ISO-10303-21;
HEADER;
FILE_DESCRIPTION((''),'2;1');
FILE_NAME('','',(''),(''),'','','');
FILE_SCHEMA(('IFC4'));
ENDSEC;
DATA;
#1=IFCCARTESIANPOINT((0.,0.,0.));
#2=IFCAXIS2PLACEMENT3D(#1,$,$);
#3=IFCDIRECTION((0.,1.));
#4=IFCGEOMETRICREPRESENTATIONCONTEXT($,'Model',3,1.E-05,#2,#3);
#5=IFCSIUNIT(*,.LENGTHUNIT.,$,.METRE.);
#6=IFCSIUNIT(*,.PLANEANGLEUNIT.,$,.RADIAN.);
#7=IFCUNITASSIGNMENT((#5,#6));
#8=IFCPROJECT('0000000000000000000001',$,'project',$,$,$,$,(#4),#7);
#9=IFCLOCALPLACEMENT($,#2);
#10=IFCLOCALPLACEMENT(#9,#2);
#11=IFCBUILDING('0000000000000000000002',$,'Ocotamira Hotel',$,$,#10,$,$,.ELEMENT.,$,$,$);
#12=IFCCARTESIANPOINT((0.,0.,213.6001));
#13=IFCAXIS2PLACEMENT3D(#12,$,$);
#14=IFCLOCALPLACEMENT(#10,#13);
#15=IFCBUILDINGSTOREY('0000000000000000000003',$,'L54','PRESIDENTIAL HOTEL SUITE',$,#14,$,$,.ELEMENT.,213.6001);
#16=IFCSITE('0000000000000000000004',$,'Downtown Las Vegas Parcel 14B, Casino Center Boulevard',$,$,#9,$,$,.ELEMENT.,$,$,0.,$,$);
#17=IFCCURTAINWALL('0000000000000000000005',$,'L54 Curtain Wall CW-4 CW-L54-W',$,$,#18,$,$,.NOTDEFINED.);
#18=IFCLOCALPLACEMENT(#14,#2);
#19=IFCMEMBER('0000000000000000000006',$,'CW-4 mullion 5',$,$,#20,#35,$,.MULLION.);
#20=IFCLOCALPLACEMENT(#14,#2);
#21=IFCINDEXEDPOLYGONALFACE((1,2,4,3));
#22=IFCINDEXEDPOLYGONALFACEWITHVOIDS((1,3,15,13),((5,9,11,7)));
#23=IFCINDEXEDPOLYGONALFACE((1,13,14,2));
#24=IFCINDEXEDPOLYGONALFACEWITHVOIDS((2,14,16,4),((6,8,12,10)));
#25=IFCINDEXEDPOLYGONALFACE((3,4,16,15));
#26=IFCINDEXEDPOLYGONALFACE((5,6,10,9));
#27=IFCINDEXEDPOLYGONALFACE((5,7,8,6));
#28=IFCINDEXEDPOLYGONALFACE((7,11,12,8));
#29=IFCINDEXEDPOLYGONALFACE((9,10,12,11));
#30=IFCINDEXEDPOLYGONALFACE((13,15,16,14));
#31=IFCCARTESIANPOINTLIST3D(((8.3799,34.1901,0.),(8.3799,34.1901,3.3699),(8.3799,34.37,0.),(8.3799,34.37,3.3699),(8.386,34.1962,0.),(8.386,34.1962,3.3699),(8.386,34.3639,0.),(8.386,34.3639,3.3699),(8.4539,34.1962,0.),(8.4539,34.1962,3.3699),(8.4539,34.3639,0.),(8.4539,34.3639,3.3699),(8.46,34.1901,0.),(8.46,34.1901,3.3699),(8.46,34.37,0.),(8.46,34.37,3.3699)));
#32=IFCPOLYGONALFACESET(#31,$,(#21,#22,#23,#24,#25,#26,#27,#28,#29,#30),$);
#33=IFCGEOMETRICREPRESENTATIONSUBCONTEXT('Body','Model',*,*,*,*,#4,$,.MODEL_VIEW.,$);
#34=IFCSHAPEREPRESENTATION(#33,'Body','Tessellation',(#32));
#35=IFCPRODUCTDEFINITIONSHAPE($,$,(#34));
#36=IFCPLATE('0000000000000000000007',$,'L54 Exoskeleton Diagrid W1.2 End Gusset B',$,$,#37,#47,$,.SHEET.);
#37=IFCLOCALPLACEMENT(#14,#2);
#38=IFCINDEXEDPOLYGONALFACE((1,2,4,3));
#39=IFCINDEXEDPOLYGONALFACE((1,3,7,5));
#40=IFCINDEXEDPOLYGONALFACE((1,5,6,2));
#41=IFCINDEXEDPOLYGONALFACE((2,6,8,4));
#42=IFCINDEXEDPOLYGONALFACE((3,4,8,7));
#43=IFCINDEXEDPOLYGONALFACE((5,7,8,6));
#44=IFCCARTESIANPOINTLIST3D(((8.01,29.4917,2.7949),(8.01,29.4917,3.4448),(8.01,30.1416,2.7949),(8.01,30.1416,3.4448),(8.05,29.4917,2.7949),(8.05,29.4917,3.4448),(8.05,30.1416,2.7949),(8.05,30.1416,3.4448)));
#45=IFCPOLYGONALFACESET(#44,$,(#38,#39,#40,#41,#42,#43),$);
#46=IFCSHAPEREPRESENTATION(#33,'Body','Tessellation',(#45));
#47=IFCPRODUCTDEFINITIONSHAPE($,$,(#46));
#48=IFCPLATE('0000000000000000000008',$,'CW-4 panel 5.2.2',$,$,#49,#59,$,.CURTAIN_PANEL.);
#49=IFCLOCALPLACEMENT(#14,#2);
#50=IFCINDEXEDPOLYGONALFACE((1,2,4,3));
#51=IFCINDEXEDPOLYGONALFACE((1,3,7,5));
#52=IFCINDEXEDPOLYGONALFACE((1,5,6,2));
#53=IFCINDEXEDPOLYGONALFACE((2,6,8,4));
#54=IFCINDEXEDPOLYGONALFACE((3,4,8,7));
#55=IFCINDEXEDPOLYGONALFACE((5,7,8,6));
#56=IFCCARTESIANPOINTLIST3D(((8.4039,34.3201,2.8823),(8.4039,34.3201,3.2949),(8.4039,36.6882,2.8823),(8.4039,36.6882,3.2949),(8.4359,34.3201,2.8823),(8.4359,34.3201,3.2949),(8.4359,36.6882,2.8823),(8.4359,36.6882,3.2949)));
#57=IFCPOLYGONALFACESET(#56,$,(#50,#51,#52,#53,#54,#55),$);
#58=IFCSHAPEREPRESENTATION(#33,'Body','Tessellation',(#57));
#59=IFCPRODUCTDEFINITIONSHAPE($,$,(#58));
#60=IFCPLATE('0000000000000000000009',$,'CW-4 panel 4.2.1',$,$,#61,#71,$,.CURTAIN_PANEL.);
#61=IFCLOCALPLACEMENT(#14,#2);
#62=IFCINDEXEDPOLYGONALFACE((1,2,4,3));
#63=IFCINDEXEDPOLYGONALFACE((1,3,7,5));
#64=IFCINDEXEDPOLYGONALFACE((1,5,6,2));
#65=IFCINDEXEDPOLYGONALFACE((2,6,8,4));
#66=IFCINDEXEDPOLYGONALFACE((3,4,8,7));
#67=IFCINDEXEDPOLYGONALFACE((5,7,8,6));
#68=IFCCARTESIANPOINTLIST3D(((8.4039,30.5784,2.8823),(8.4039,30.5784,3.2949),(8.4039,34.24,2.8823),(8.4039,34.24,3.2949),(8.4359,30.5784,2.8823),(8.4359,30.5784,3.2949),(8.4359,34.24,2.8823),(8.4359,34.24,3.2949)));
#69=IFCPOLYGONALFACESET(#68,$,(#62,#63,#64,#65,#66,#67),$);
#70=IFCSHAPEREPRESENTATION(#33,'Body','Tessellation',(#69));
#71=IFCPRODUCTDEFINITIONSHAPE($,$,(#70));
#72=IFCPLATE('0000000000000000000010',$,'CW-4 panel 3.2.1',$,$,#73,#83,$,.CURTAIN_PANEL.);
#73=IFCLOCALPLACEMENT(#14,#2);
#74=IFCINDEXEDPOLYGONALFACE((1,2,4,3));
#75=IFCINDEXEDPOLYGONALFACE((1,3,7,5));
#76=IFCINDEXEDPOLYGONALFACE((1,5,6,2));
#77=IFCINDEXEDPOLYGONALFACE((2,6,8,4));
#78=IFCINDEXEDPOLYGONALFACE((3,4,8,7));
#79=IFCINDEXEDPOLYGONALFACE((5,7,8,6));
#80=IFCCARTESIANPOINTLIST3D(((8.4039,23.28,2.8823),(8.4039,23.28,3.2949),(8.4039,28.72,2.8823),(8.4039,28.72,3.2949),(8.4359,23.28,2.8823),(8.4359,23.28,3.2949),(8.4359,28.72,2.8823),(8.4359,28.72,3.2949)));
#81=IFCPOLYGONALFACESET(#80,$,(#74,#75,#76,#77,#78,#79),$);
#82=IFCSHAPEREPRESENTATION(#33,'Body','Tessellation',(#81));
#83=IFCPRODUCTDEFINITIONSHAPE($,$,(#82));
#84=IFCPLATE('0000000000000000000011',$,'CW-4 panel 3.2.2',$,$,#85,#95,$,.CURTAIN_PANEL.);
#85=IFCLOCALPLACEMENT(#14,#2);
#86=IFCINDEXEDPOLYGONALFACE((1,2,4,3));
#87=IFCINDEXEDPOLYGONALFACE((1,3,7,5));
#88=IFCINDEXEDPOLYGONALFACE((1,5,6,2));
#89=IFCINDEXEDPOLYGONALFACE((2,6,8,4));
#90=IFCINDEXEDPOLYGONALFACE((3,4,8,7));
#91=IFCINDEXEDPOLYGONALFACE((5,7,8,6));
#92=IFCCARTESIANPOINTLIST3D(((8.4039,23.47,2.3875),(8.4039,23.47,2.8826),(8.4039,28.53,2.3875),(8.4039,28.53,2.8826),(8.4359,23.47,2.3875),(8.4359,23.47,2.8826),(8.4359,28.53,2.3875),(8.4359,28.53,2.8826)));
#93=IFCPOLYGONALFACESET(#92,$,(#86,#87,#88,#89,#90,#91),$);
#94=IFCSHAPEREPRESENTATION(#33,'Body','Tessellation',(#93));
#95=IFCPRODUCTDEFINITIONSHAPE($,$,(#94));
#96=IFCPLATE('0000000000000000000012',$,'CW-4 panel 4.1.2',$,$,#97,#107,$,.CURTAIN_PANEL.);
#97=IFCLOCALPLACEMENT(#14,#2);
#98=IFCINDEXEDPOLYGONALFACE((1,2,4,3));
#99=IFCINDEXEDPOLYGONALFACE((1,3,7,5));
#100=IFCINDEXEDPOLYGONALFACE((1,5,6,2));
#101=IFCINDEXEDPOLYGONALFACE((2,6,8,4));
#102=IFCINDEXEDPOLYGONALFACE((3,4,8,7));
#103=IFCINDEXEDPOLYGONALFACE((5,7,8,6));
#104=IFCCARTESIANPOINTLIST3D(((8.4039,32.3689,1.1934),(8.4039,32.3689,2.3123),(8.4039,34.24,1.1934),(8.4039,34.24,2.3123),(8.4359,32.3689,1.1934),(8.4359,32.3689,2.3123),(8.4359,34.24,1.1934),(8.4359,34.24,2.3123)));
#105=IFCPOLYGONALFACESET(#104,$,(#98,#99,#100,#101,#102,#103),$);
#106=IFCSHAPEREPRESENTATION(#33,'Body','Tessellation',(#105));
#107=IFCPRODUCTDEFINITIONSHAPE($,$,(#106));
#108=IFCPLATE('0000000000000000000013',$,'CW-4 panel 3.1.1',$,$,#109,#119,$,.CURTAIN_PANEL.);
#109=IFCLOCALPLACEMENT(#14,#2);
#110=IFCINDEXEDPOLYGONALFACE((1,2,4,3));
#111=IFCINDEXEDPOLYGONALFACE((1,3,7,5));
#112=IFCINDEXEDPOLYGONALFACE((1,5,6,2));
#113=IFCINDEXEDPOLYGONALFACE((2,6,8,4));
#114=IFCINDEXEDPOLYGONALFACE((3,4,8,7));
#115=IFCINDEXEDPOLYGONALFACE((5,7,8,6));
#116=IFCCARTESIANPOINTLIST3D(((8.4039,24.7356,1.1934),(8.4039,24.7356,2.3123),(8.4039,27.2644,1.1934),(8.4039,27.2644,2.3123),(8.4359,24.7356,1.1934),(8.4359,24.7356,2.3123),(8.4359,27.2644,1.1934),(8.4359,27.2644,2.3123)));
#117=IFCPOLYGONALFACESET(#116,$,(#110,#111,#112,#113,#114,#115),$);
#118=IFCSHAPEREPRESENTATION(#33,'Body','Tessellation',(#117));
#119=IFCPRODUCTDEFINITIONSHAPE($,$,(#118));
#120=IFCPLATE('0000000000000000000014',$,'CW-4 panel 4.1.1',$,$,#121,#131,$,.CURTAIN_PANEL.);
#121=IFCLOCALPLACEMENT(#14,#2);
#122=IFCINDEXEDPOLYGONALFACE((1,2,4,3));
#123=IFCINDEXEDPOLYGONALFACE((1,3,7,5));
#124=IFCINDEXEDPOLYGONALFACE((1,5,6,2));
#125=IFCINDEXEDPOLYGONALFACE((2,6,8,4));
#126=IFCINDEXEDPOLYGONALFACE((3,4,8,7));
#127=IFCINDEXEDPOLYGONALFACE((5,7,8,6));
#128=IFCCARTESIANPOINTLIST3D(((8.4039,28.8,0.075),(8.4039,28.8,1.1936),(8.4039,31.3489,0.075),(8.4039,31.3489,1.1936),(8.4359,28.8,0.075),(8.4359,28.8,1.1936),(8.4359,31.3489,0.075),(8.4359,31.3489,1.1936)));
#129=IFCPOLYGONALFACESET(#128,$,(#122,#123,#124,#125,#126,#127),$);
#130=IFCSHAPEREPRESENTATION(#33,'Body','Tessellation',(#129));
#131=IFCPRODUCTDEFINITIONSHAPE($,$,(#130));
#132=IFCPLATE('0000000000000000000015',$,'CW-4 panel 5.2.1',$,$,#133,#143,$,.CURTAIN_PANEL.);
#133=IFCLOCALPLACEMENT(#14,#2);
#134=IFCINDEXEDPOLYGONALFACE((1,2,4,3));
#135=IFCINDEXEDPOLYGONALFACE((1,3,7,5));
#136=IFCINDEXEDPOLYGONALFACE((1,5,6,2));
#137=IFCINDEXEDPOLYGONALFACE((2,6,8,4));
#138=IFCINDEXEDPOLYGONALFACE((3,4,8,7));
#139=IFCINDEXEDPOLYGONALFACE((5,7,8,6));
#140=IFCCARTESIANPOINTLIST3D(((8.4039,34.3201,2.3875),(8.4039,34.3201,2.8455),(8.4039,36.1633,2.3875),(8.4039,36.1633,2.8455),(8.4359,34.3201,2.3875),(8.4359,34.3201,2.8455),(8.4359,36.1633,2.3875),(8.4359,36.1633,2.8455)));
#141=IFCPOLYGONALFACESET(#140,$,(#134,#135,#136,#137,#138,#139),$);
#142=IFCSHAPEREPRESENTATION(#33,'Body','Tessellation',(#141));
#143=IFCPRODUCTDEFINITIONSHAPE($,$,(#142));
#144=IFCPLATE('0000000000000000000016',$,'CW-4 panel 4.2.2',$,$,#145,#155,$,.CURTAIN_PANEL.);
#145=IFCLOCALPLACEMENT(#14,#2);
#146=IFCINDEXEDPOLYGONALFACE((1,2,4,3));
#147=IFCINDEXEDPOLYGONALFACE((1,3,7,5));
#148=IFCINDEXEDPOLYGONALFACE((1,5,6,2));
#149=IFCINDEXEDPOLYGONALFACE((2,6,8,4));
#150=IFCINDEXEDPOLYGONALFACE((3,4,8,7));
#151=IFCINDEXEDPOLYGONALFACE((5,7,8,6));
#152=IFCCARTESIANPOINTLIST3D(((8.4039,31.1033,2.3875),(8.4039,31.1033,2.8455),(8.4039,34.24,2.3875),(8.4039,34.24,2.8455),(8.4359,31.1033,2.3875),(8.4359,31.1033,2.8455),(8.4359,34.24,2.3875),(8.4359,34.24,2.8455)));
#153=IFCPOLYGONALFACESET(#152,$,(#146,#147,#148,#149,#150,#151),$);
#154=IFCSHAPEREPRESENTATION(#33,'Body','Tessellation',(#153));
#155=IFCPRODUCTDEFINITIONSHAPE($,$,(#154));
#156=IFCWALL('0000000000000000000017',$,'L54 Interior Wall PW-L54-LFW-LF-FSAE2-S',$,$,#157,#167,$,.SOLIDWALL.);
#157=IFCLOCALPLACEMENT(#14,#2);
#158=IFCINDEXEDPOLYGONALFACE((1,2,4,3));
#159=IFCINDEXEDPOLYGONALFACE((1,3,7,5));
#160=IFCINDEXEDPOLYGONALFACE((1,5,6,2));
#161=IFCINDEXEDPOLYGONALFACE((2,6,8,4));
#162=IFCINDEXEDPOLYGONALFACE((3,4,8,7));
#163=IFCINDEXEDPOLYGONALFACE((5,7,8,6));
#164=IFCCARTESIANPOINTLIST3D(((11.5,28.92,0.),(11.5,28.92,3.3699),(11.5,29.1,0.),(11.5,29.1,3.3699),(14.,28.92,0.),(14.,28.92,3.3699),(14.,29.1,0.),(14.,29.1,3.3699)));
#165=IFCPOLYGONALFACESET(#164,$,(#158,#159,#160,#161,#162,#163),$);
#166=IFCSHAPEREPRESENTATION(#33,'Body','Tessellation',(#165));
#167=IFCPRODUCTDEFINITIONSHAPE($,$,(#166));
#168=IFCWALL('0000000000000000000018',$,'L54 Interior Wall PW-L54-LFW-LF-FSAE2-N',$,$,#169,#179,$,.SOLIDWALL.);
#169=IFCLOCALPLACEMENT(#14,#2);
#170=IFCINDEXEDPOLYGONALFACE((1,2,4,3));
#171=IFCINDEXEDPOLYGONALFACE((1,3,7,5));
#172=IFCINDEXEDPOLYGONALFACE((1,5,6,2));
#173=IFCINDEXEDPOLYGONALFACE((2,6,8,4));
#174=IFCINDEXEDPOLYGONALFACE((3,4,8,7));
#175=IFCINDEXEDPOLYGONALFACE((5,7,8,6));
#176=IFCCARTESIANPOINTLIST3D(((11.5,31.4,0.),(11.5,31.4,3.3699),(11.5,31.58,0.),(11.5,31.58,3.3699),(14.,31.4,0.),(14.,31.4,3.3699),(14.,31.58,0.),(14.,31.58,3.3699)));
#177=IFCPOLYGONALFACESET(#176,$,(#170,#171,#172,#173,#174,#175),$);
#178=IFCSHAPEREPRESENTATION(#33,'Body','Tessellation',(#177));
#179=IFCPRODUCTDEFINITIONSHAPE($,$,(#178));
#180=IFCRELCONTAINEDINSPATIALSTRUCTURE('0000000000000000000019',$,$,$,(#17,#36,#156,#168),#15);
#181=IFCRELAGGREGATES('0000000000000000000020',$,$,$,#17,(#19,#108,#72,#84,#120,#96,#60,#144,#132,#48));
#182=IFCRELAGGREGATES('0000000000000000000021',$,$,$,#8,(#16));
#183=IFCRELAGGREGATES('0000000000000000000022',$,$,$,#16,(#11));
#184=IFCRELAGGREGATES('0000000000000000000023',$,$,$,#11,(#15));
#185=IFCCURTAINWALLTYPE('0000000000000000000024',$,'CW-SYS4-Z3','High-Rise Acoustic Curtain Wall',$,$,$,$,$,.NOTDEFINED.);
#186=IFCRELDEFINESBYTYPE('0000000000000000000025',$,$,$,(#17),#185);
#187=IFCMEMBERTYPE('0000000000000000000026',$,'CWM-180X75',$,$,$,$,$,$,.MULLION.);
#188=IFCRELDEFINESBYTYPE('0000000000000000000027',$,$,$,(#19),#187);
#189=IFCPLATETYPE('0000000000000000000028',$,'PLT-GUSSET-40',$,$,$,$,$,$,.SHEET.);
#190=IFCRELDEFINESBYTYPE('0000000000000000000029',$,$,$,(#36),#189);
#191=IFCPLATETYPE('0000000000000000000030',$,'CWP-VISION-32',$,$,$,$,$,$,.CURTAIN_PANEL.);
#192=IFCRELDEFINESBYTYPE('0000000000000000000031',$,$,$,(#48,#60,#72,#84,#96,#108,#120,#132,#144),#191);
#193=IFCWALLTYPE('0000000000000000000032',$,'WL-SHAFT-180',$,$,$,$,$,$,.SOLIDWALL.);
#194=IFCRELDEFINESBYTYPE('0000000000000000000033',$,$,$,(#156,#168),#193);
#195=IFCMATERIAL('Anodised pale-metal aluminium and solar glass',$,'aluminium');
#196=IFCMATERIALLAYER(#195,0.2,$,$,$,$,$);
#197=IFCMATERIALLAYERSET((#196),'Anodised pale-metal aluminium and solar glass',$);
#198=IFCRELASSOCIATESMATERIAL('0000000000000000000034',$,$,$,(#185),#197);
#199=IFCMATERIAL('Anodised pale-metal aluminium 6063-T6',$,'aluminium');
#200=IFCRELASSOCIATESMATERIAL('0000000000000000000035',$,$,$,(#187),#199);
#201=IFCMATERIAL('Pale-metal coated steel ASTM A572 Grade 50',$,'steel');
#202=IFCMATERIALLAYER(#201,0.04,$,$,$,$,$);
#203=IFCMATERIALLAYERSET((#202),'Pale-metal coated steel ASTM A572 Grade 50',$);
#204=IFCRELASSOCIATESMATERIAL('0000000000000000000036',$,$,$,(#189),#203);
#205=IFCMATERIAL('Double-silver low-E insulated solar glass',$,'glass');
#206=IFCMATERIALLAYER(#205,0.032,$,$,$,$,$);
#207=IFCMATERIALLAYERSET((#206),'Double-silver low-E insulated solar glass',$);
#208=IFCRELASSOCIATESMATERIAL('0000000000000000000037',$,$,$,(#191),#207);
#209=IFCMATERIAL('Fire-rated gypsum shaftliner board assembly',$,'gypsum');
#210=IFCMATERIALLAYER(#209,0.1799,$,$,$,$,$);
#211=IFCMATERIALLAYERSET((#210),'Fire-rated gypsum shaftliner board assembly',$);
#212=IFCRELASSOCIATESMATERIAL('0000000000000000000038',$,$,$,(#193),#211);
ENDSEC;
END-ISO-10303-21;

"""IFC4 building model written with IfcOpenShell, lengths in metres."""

from ifc_helpers import new_model, si_unit, direction, frame, frame_2d, origin, origin_2d, place, context, subcontext, project, spatial, rectangle, hollow_rectangle, extrude, source, transform, mapped, material, layer, layer_set, material_profile, profile_set, type_object, element, aggregate, save


model = new_model("IFC4")

# Units and contexts
model_context = context("Model", 3, precision=1e-05, world=origin(), true_north=direction((0.0, 1.0)))
body_context = subcontext(model_context, "Body", "Model", "MODEL_VIEW")
ifc_project = project(units=[si_unit("LENGTHUNIT", "METRE"), si_unit("PLANEANGLEUNIT", "RADIAN")], contexts=[model_context])

# Site, building, storey
site_placement = place(None, origin())
site = spatial("IfcSite", under=ifc_project, at=site_placement, Name="Downtown Las Vegas Parcel 14B, Casino Center Boulevard", CompositionType="ELEMENT", RefElevation=0.0)
building_placement = place(site_placement, origin())
building = spatial("IfcBuilding", under=site, at=building_placement, Name="Ocotamira Hotel", CompositionType="ELEMENT")
storey_placement = place(building_placement, frame((0.0, 0.0, 213.6001)))
storey = spatial("IfcBuildingStorey", under=building, at=storey_placement, Name="L54", Description="PRESIDENTIAL HOTEL SUITE", CompositionType="ELEMENT", Elevation=213.6001)

# Curtain wall, member
ifc_material_1 = material(Name="Anodised pale-metal aluminium and solar glass", Category="aluminium")
ifc_layer_1 = layer(ifc_material_1, 0.2)
ifc_layer_set_1 = layer_set([ifc_layer_1], Name="Anodised pale-metal aluminium and solar glass")
curtain_wall_type = type_object("IfcCurtainWallType", Name="CW-SYS4-Z3", Description="High-Rise Acoustic Curtain Wall", PredefinedType="NOTDEFINED", material=ifc_layer_set_1)
curtain_wall_placement = place(storey_placement, origin())
curtain_wall = element("IfcCurtainWall", 1, at=curtain_wall_placement, inside=storey, type_object=curtain_wall_type, Name="L54 Curtain Wall CW-4 CW-L54-W", PredefinedType="NOTDEFINED")
ifc_material_2 = material(Name="Anodised pale-metal aluminium 6063-T6", Category="aluminium")
ifc_material_profile_1 = material_profile(ifc_material_2, hollow_rectangle(XDim=0.0801, YDim=0.1799, WallThickness=0.0061, at=origin_2d()), Name="HSS180X80X6")
ifc_profile_set_1 = profile_set([ifc_material_profile_1], Name="Anodised pale-metal aluminium 6063-T6")
member_type_1 = type_object("IfcMemberType", Name="CWM-180X75", PredefinedType="MULLION", material=ifc_profile_set_1)
shared_shape_1 = source(origin(), body_context, "Body", "SweptSolid", [
    extrude(hollow_rectangle(XDim=0.0801, YDim=0.1799, WallThickness=0.0061, at=origin_2d()), origin(), (0.0, 0.0, 1.0), 3.3699),
])
member_1_placement = place(storey_placement, frame((8.4199, 34.28, 0.0), z_axis=(0.0, 0.0, 1.0), x_axis=(-1.0, 0.0, 0.0)))
member_1 = element("IfcMember", 2, at=member_1_placement, type_object=member_type_1, Name="CW-4 mullion 5", PredefinedType="MULLION", context=body_context, shape_type="MappedRepresentation", body=[
    mapped(shared_shape_1, transform((0.0, 0.0, 0.0), scale=1.0)),
])

# Plates
ifc_material_3 = material(Name="Pale-metal coated steel ASTM A572 Grade 50", Category="steel")
ifc_layer_2 = layer(ifc_material_3, 0.04)
ifc_layer_set_2 = layer_set([ifc_layer_2], Name="Pale-metal coated steel ASTM A572 Grade 50")
plate_type_1 = type_object("IfcPlateType", Name="PLT-GUSSET-40", PredefinedType="SHEET", material=ifc_layer_set_2)
shared_shape_2 = source(origin(), body_context, "Body", "SweptSolid", [
    extrude(rectangle(XDim=0.04, YDim=0.6499, at=origin_2d()), origin(), (0.0, 0.0, 1.0), 0.6499),
])
plate_1_placement = place(storey_placement, frame((8.03, 29.8167, 2.7949), z_axis=(0.0, 0.0, 1.0), x_axis=(1.0, 0.0, 0.0)))
element("IfcPlate", 3, at=plate_1_placement, inside=storey, type_object=plate_type_1, Name="L54 Exoskeleton Diagrid W1.2 End Gusset B", PredefinedType="SHEET", context=body_context, shape_type="MappedRepresentation", body=[
    mapped(shared_shape_2, transform((0.0, 0.0, 0.0), scale=1.0)),
])
ifc_material_4 = material(Name="Double-silver low-E insulated solar glass", Category="glass")
ifc_layer_3 = layer(ifc_material_4, 0.032)
ifc_layer_set_3 = layer_set([ifc_layer_3], Name="Double-silver low-E insulated solar glass")
plate_type_2 = type_object("IfcPlateType", Name="CWP-VISION-32", PredefinedType="CURTAIN_PANEL", material=ifc_layer_set_3)
shared_shape_3 = source(origin(), body_context, "Body", "SweptSolid", [
    extrude(rectangle(XDim=2.3682, YDim=0.032, at=origin_2d()), origin(), (0.0, 0.0, 1.0), 0.4126),
])
plate_2_placement = place(storey_placement, frame((8.4199, 35.5042, 2.8823), z_axis=(0.0, 0.0, 1.0), x_axis=(0.0, 1.0, 0.0)))
plate_2 = element("IfcPlate", 4, at=plate_2_placement, type_object=plate_type_2, Name="CW-4 panel 5.2.2", PredefinedType="CURTAIN_PANEL", context=body_context, shape_type="MappedRepresentation", body=[
    mapped(shared_shape_3, transform((0.0, 0.0, 0.0), scale=1.0)),
])
shared_shape_4 = source(origin(), body_context, "Body", "SweptSolid", [
    extrude(rectangle(XDim=3.6616, YDim=0.032, at=origin_2d()), origin(), (0.0, 0.0, 1.0), 0.4126),
])
plate_3_placement = place(storey_placement, frame((8.4199, 32.4092, 2.8823), z_axis=(0.0, 0.0, 1.0), x_axis=(0.0, 1.0, 0.0)))
plate_3 = element("IfcPlate", 5, at=plate_3_placement, type_object=plate_type_2, Name="CW-4 panel 4.2.1", PredefinedType="CURTAIN_PANEL", context=body_context, shape_type="MappedRepresentation", body=[
    mapped(shared_shape_4, transform((0.0, 0.0, 0.0), scale=1.0)),
])
shared_shape_5 = source(origin(), body_context, "Body", "SweptSolid", [
    extrude(rectangle(XDim=5.4399, YDim=0.032, at=origin_2d()), origin(), (0.0, 0.0, 1.0), 0.4126),
])
plate_4_placement = place(storey_placement, frame((8.4199, 26.0, 2.8823), z_axis=(0.0, 0.0, 1.0), x_axis=(0.0, 1.0, 0.0)))
plate_4 = element("IfcPlate", 6, at=plate_4_placement, type_object=plate_type_2, Name="CW-4 panel 3.2.1", PredefinedType="CURTAIN_PANEL", context=body_context, shape_type="MappedRepresentation", body=[
    mapped(shared_shape_5, transform((0.0, 0.0, 0.0), scale=1.0)),
])
shared_shape_6 = source(origin(), body_context, "Body", "SweptSolid", [
    extrude(rectangle(XDim=5.0601, YDim=0.032, at=origin_2d()), origin(), (0.0, 0.0, 1.0), 0.4951),
])
plate_5_placement = place(storey_placement, frame((8.4199, 26.0, 2.3875), z_axis=(0.0, 0.0, 1.0), x_axis=(0.0, 1.0, 0.0)))
plate_5 = element("IfcPlate", 7, at=plate_5_placement, type_object=plate_type_2, Name="CW-4 panel 3.2.2", PredefinedType="CURTAIN_PANEL", context=body_context, shape_type="MappedRepresentation", body=[
    mapped(shared_shape_6, transform((0.0, 0.0, 0.0), scale=1.0)),
])
shared_shape_7 = source(origin(), body_context, "Body", "SweptSolid", [
    extrude(rectangle(XDim=1.8711, YDim=0.032, at=origin_2d()), origin(), (0.0, 0.0, 1.0), 1.1189),
])
plate_6_placement = place(storey_placement, frame((8.4199, 33.3044, 1.1934), z_axis=(0.0, 0.0, 1.0), x_axis=(0.0, 1.0, 0.0)))
plate_6 = element("IfcPlate", 8, at=plate_6_placement, type_object=plate_type_2, Name="CW-4 panel 4.1.2", PredefinedType="CURTAIN_PANEL", context=body_context, shape_type="MappedRepresentation", body=[
    mapped(shared_shape_7, transform((0.0, 0.0, 0.0), scale=1.0)),
])
shared_shape_8 = source(origin(), body_context, "Body", "SweptSolid", [
    extrude(rectangle(XDim=2.5288, YDim=0.032, at=origin_2d()), origin(), (0.0, 0.0, 1.0), 1.1189),
])
plate_7_placement = place(storey_placement, frame((8.4199, 26.0, 1.1934), z_axis=(0.0, 0.0, 1.0), x_axis=(0.0, 1.0, 0.0)))
plate_7 = element("IfcPlate", 9, at=plate_7_placement, type_object=plate_type_2, Name="CW-4 panel 3.1.1", PredefinedType="CURTAIN_PANEL", context=body_context, shape_type="MappedRepresentation", body=[
    mapped(shared_shape_8, transform((0.0, 0.0, 0.0), scale=1.0)),
])
shared_shape_9 = source(origin(), body_context, "Body", "SweptSolid", [
    extrude(rectangle(XDim=2.5488, YDim=0.032, at=origin_2d()), origin(), (0.0, 0.0, 1.0), 1.1187),
])
plate_8_placement = place(storey_placement, frame((8.4199, 30.0745, 0.075), z_axis=(0.0, 0.0, 1.0), x_axis=(0.0, 1.0, 0.0)))
plate_8 = element("IfcPlate", 10, at=plate_8_placement, type_object=plate_type_2, Name="CW-4 panel 4.1.1", PredefinedType="CURTAIN_PANEL", context=body_context, shape_type="MappedRepresentation", body=[
    mapped(shared_shape_9, transform((0.0, 0.0, 0.0), scale=1.0)),
])
shared_shape_10 = source(origin(), body_context, "Body", "SweptSolid", [
    extrude(rectangle(XDim=1.8433, YDim=0.032, at=origin_2d()), origin(), (0.0, 0.0, 1.0), 0.458),
])
plate_9_placement = place(storey_placement, frame((8.4199, 35.2417, 2.3875), z_axis=(0.0, 0.0, 1.0), x_axis=(0.0, 1.0, 0.0)))
plate_9 = element("IfcPlate", 11, at=plate_9_placement, type_object=plate_type_2, Name="CW-4 panel 5.2.1", PredefinedType="CURTAIN_PANEL", context=body_context, shape_type="MappedRepresentation", body=[
    mapped(shared_shape_10, transform((0.0, 0.0, 0.0), scale=1.0)),
])
shared_shape_11 = source(origin(), body_context, "Body", "SweptSolid", [
    extrude(rectangle(XDim=3.1367, YDim=0.032, at=origin_2d()), origin(), (0.0, 0.0, 1.0), 0.458),
])
plate_10_placement = place(storey_placement, frame((8.4199, 32.6716, 2.3875), z_axis=(0.0, 0.0, 1.0), x_axis=(0.0, 1.0, 0.0)))
plate_10 = element("IfcPlate", 12, at=plate_10_placement, type_object=plate_type_2, Name="CW-4 panel 4.2.2", PredefinedType="CURTAIN_PANEL", context=body_context, shape_type="MappedRepresentation", body=[
    mapped(shared_shape_11, transform((0.0, 0.0, 0.0), scale=1.0)),
])
aggregate(curtain_wall, [member_1, plate_7, plate_4, plate_5, plate_8, plate_6, plate_3, plate_10, plate_9, plate_2])

# Walls
ifc_material_5 = material(Name="Fire-rated gypsum shaftliner board assembly", Category="gypsum")
ifc_layer_4 = layer(ifc_material_5, 0.1799)
ifc_layer_set_4 = layer_set([ifc_layer_4], Name="Fire-rated gypsum shaftliner board assembly")
wall_type_1 = type_object("IfcWallType", Name="WL-SHAFT-180", PredefinedType="SOLIDWALL", material=ifc_layer_set_4)
for number, where, z_axis, x_axis, name in (
    (13, (11.5, 29.01, 0.0), (0.0, 0.0, 1.0), (1.0, 0.0, 0.0), "L54 Interior Wall PW-L54-LFW-LF-FSAE2-S"),
    (14, (11.5, 31.49, 0.0), (0.0, 0.0, 1.0), (1.0, 0.0, 0.0), "L54 Interior Wall PW-L54-LFW-LF-FSAE2-N"),
):
    element("IfcWall", number, at=place(storey_placement, frame(where, z_axis=z_axis, x_axis=x_axis)), inside=storey, type_object=wall_type_1, Name=name, PredefinedType="SOLIDWALL", context=body_context, shape_type="SweptSolid", body=[
        extrude(rectangle(XDim=2.5, YDim=0.1799, at=frame_2d((1.25, 0.0))), origin(), (0.0, 0.0, 1.0), 3.3699),
    ])

save(model, "model.ifc")
